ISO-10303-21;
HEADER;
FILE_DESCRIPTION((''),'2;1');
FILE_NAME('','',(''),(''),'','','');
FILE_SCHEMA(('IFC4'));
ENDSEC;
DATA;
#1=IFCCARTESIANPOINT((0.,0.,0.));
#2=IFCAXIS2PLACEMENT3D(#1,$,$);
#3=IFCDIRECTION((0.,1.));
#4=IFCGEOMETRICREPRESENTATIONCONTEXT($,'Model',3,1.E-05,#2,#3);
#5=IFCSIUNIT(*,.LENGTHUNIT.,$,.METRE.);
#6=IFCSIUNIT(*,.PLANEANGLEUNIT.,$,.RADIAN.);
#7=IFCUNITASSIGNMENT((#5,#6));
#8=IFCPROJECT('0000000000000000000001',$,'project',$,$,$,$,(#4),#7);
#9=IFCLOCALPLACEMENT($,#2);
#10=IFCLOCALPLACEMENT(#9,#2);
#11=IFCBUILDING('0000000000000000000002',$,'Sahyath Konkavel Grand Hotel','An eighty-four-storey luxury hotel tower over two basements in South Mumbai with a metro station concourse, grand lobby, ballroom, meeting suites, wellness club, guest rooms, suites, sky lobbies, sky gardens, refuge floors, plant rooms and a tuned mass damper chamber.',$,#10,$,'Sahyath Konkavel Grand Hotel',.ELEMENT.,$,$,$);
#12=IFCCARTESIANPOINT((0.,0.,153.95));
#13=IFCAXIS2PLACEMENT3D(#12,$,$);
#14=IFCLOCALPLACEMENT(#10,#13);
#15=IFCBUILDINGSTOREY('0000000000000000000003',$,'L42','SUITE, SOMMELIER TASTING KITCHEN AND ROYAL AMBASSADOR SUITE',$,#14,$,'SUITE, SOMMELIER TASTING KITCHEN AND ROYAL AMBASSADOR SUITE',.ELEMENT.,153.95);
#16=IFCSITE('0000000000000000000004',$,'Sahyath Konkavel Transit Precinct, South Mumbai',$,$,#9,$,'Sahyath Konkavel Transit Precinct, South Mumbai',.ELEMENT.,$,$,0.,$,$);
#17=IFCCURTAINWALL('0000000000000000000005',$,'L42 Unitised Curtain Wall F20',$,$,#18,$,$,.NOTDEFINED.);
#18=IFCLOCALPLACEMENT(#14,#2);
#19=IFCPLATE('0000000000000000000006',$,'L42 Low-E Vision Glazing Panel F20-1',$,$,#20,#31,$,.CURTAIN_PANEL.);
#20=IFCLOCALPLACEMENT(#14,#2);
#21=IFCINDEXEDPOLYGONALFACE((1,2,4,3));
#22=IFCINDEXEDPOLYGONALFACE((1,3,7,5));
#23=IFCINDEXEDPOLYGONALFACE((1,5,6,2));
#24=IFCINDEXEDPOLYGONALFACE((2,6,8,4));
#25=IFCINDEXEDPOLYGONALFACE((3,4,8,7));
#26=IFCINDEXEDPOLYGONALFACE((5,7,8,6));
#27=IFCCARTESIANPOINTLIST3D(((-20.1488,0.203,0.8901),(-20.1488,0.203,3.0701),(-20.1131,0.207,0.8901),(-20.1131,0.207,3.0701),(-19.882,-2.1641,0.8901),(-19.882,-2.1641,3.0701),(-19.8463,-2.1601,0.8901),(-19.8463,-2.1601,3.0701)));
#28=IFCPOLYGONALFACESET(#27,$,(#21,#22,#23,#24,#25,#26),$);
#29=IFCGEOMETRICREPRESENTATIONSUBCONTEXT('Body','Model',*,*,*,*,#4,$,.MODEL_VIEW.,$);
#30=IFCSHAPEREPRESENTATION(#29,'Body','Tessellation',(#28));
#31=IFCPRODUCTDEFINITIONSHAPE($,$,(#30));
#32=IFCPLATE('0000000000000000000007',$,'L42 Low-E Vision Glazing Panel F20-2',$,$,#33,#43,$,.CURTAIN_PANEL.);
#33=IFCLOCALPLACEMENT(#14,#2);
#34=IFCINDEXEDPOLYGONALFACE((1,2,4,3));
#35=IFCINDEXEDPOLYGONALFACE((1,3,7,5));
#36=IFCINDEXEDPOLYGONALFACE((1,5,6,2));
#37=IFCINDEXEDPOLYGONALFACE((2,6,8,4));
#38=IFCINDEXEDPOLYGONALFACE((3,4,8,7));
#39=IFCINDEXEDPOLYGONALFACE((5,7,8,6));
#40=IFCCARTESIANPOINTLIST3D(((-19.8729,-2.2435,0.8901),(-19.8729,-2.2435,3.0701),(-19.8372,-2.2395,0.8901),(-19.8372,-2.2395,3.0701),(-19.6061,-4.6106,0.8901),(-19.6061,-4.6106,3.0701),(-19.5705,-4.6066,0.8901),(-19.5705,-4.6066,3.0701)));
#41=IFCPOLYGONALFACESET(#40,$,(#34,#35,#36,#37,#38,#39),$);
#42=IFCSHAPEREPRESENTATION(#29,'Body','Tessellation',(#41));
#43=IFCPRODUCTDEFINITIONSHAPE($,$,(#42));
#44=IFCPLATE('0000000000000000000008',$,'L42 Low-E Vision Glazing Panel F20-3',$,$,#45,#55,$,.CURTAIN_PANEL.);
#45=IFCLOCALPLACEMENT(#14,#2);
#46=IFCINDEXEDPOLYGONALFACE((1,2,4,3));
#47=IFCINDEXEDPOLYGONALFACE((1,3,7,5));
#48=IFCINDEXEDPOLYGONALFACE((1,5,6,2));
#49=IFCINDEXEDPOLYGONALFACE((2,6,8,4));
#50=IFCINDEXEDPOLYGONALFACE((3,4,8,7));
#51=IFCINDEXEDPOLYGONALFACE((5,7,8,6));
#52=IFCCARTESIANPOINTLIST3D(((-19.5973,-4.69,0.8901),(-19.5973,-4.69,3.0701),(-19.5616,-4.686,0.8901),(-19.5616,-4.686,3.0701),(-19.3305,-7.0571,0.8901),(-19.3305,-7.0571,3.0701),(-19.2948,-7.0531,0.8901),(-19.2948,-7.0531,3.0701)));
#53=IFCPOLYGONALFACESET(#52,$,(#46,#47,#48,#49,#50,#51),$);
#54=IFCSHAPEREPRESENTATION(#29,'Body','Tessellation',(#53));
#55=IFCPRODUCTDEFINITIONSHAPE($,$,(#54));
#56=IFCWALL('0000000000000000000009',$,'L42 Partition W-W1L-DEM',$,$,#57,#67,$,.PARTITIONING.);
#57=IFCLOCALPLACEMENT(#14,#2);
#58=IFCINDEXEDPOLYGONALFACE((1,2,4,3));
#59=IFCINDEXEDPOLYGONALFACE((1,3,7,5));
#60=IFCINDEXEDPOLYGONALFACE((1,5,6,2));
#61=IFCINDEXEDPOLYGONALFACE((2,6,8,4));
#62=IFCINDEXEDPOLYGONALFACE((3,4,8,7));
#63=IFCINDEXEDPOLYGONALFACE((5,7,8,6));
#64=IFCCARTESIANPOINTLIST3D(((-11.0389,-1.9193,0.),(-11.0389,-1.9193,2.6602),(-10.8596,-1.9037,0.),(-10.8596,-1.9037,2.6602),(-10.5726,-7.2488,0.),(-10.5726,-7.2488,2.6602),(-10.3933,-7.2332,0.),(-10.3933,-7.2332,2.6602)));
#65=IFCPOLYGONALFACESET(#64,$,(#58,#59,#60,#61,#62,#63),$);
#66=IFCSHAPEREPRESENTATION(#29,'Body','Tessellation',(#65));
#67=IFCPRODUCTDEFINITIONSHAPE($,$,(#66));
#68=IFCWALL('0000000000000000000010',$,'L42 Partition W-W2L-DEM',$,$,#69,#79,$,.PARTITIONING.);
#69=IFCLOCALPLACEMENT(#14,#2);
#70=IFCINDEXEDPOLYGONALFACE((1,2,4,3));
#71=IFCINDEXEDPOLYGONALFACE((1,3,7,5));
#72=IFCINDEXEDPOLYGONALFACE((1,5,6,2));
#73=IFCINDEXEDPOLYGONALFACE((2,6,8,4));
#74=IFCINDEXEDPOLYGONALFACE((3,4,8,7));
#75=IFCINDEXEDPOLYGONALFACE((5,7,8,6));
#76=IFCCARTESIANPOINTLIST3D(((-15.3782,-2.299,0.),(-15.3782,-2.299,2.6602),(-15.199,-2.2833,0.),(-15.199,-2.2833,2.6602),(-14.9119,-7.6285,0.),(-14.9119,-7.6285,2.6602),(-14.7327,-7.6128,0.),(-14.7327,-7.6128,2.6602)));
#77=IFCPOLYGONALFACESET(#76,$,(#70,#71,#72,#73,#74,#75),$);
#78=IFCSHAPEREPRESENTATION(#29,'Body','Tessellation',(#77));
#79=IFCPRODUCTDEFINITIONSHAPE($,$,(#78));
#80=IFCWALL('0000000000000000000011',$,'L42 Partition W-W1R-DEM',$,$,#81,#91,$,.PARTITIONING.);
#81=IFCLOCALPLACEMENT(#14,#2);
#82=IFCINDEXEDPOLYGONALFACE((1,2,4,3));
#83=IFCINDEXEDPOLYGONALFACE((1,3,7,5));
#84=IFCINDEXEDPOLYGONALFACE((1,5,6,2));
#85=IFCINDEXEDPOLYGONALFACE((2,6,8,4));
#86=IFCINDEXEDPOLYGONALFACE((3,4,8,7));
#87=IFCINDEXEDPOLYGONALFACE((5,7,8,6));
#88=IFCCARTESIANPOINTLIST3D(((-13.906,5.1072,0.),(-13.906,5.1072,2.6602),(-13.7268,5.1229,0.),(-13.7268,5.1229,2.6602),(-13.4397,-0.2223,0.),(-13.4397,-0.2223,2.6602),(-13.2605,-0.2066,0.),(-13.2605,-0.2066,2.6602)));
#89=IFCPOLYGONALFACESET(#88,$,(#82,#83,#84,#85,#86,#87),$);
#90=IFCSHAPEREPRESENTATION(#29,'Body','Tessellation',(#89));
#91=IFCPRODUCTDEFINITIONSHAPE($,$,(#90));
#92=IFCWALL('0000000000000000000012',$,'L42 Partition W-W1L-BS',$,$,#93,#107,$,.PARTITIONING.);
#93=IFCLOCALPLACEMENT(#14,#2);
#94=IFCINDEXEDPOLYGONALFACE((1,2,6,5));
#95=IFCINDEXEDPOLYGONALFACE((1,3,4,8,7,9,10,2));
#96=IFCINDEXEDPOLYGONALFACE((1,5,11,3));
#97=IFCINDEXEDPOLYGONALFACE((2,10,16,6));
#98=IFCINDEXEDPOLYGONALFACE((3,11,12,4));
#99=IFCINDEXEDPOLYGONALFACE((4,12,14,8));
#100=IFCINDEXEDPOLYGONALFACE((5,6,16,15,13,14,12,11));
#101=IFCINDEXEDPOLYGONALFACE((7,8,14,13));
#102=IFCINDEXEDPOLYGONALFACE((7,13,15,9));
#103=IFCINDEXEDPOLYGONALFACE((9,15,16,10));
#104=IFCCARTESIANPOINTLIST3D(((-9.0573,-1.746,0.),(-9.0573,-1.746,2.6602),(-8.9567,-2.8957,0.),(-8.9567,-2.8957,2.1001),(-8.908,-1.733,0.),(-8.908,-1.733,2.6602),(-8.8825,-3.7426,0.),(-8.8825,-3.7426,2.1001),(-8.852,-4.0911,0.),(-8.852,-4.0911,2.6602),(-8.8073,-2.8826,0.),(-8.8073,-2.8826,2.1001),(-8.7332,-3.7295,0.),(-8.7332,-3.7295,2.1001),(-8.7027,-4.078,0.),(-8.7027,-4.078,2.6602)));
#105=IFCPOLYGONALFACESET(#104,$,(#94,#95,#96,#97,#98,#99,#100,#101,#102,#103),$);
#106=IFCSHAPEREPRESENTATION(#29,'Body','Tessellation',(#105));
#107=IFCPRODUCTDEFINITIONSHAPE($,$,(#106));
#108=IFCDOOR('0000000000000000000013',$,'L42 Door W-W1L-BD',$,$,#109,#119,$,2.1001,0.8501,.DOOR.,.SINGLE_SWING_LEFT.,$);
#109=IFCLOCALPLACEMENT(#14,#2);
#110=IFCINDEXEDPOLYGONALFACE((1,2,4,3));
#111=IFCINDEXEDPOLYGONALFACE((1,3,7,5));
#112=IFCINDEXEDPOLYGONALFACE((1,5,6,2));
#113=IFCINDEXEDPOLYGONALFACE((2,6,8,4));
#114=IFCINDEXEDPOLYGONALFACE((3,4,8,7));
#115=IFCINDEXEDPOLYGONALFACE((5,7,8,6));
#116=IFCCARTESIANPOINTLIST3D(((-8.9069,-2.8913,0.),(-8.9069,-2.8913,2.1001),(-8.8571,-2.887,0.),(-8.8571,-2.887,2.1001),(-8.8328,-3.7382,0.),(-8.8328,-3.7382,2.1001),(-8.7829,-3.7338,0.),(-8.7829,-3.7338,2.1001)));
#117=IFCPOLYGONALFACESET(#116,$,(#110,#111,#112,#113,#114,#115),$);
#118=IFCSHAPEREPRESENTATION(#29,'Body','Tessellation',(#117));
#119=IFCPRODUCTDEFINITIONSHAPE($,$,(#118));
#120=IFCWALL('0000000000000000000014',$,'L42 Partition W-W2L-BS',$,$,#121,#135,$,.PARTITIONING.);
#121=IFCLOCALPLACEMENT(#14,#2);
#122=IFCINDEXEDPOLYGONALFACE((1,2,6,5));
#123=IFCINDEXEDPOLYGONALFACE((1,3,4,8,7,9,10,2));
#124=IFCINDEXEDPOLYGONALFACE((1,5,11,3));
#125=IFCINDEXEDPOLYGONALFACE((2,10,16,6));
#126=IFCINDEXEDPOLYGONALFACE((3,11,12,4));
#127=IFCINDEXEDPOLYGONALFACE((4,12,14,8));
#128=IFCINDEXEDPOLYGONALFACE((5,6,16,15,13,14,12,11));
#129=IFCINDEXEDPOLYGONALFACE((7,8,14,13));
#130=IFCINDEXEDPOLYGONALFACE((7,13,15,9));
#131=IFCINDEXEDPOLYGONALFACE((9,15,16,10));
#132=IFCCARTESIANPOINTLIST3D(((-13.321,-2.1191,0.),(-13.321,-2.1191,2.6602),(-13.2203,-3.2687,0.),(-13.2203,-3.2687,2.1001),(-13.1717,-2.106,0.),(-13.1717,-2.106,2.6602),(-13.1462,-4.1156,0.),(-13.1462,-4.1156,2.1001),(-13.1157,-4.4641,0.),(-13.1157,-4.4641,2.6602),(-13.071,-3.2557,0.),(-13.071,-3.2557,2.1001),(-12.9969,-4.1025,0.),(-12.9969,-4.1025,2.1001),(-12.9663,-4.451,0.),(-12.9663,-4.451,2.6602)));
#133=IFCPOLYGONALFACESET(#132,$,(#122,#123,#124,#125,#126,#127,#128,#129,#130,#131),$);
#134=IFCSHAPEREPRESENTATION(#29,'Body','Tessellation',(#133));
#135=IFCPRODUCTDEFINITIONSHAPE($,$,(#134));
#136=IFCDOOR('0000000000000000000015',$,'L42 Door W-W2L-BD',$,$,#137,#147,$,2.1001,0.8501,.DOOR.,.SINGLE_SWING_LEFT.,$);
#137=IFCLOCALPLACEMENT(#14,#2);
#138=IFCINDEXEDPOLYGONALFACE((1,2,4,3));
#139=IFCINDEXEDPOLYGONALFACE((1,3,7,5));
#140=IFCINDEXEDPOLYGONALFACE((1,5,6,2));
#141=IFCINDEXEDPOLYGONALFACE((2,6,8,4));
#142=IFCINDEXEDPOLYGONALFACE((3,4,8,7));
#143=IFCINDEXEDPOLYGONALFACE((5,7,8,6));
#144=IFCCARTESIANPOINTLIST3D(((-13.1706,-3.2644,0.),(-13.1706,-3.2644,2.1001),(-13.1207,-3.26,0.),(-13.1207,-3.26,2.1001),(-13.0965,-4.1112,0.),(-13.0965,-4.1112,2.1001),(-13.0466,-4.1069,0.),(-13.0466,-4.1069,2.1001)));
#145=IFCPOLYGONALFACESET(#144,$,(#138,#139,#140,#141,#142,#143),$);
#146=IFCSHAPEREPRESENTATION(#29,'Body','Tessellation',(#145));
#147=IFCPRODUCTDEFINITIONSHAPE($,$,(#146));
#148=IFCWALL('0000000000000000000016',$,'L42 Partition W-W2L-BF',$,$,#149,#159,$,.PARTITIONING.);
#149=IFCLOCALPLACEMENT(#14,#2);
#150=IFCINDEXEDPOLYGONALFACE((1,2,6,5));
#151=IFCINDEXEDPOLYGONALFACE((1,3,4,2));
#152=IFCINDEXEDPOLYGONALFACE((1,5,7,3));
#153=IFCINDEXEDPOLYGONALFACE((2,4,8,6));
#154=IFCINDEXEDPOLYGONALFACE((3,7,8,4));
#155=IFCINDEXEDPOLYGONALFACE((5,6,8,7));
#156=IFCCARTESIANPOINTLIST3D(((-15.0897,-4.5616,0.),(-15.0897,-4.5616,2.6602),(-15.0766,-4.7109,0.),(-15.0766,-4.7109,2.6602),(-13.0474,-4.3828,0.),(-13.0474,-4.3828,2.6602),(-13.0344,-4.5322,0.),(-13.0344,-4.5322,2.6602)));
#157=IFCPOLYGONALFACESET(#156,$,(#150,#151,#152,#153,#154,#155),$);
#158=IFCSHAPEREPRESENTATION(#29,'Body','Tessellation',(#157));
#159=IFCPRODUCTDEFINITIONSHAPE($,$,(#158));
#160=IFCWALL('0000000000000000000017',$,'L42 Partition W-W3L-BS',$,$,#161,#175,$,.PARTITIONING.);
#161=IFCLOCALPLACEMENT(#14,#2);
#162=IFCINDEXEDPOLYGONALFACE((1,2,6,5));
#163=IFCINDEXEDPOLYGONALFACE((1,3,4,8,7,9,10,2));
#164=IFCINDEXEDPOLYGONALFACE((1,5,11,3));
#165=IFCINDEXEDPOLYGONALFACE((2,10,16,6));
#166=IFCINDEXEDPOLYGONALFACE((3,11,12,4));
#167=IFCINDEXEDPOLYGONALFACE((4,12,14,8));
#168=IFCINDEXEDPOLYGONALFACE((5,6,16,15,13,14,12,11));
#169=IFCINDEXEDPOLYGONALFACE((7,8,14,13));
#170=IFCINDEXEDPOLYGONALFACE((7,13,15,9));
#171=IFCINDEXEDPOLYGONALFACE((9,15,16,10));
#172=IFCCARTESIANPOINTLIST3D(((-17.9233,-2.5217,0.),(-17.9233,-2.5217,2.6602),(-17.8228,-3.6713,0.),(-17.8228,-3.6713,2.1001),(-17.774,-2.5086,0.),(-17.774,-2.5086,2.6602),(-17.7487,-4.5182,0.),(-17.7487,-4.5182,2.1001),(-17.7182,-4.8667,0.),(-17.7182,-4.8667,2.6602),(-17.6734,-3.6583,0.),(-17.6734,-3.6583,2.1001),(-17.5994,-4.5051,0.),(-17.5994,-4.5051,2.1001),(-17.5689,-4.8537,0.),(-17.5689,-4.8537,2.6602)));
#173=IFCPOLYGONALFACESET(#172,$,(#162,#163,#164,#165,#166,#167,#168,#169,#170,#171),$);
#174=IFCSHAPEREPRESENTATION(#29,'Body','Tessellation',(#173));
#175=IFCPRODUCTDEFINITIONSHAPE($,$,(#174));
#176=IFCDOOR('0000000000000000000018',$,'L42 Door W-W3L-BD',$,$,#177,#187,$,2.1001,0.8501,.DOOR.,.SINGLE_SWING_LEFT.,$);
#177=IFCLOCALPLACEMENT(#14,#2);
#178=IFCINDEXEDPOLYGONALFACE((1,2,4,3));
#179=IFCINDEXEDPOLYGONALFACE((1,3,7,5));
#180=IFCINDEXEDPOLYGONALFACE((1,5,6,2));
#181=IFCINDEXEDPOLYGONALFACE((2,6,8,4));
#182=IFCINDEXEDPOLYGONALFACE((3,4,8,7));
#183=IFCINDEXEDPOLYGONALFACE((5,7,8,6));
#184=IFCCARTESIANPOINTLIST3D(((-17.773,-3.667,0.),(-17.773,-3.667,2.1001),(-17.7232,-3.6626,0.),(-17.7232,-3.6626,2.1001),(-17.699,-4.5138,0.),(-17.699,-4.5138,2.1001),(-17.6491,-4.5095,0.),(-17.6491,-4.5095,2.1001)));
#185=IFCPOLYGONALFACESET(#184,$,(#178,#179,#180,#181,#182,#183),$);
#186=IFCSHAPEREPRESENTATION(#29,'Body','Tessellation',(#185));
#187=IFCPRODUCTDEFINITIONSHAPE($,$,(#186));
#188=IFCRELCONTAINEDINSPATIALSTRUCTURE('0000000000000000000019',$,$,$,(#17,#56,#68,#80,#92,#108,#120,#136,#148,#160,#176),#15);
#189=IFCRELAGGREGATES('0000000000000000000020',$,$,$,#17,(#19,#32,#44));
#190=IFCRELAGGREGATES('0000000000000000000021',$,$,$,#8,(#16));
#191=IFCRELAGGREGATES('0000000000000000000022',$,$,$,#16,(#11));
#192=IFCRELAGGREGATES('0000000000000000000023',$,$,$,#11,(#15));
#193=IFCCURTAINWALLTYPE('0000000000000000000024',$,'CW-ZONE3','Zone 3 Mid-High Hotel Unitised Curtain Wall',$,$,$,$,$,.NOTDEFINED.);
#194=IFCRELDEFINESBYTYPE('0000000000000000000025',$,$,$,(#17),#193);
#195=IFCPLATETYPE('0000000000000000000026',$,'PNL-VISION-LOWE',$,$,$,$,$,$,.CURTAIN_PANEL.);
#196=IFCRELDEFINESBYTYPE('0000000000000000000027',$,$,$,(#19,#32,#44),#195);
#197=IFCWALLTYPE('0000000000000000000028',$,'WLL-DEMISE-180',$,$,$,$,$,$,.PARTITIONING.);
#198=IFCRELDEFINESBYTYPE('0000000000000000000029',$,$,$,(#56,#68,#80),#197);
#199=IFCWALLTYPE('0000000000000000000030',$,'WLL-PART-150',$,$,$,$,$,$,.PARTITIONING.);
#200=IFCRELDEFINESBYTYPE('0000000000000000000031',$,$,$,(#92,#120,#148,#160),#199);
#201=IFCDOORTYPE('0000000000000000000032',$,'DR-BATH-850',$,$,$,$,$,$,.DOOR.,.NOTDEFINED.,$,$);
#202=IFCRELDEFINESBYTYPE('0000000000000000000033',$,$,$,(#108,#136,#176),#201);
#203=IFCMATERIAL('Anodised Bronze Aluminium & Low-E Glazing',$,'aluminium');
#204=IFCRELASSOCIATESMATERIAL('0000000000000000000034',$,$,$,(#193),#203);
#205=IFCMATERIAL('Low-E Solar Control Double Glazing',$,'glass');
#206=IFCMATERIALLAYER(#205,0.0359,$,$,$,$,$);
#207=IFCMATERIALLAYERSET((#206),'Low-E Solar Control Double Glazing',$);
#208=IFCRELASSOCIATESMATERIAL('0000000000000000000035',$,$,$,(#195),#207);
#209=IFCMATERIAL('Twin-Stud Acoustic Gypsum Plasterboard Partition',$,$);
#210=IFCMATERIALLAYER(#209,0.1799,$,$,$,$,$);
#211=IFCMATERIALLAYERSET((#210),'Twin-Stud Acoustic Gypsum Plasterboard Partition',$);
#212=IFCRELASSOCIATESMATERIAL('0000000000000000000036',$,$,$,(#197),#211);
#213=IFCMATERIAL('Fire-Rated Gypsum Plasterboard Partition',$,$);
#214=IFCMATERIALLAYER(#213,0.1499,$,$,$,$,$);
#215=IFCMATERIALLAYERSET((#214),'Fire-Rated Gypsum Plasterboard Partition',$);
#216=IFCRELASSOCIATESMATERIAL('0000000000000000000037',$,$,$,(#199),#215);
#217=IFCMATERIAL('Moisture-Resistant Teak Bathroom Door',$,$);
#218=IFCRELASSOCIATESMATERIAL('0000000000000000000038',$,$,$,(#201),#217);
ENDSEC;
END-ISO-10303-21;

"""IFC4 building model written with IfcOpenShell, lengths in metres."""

from ifc_helpers import new_model, si_unit, direction, frame, frame_2d, origin, origin_2d, place, context, subcontext, project, spatial, rectangle, extrude, source, transform, mapped, material, layer, layer_set, type_object, element, fill, aggregate, save


model = new_model("IFC4")

# Units and contexts
model_context = context("Model", 3, precision=1e-05, world=origin(), true_north=direction((0.0, 1.0)))
body_context = subcontext(model_context, "Body", "Model", "MODEL_VIEW")
ifc_project = project(units=[si_unit("LENGTHUNIT", "METRE"), si_unit("PLANEANGLEUNIT", "RADIAN")], contexts=[model_context])

# Site, building, storey
site_placement = place(None, origin())
site = spatial("IfcSite", under=ifc_project, at=site_placement, Name="Sahyath Konkavel Transit Precinct, South Mumbai", LongName="Sahyath Konkavel Transit Precinct, South Mumbai", CompositionType="ELEMENT", RefElevation=0.0)
building_placement = place(site_placement, origin())
building = spatial("IfcBuilding", under=site, at=building_placement, Name="Sahyath Konkavel Grand Hotel", Description="An eighty-four-storey luxury hotel tower over two basements in South Mumbai with a metro station concourse, grand lobby, ballroom, meeting suites, wellness club, guest rooms, suites, sky lobbies, sky gardens, refuge floors, plant rooms and a tuned mass damper chamber.", LongName="Sahyath Konkavel Grand Hotel", CompositionType="ELEMENT")
storey_placement = place(building_placement, frame((0.0, 0.0, 153.95)))
storey = spatial("IfcBuildingStorey", under=building, at=storey_placement, Name="L42", Description="SUITE, SOMMELIER TASTING KITCHEN AND ROYAL AMBASSADOR SUITE", LongName="SUITE, SOMMELIER TASTING KITCHEN AND ROYAL AMBASSADOR SUITE", CompositionType="ELEMENT", Elevation=153.95)

# Curtain wall
ifc_material_1 = material(Name="Anodised Bronze Aluminium & Low-E Glazing", Category="aluminium")
curtain_wall_type = type_object("IfcCurtainWallType", Name="CW-ZONE3", Description="Zone 3 Mid-High Hotel Unitised Curtain Wall", PredefinedType="NOTDEFINED", material=ifc_material_1)
curtain_wall_placement = place(storey_placement, origin())
curtain_wall = element("IfcCurtainWall", 1, at=curtain_wall_placement, inside=storey, type_object=curtain_wall_type, Name="L42 Unitised Curtain Wall F20", PredefinedType="NOTDEFINED")

# Plates
ifc_material_2 = material(Name="Low-E Solar Control Double Glazing", Category="glass")
ifc_layer_1 = layer(ifc_material_2, 0.0359)
ifc_layer_set_1 = layer_set([ifc_layer_1], Name="Low-E Solar Control Double Glazing")
plate_type_1 = type_object("IfcPlateType", Name="PNL-VISION-LOWE", PredefinedType="CURTAIN_PANEL", material=ifc_layer_set_1)
shared_shape_1 = source(origin(), body_context, "Body", "SweptSolid", [
    extrude(rectangle(XDim=2.3821, YDim=0.0359, at=origin_2d()), origin(), (0.0, 0.0, 1.0), 2.1799),
])
plate_1_placement = place(storey_placement, frame((-19.9976, -0.9785, 0.8901), z_axis=(0.0, 0.0, 1.0), x_axis=(0.111989, -0.993709, 0.0)))
plate_1 = element("IfcPlate", 2, at=plate_1_placement, type_object=plate_type_1, Name="L42 Low-E Vision Glazing Panel F20-1", PredefinedType="CURTAIN_PANEL", context=body_context, shape_type="MappedRepresentation", body=[
    mapped(shared_shape_1, transform((0.0, 0.0, 0.0), scale=1.0)),
])
plate_2_placement = place(storey_placement, frame((-19.7217, -3.425, 0.8901), z_axis=(0.0, 0.0, 1.0), x_axis=(0.111989, -0.993709, 0.0)))
plate_2 = element("IfcPlate", 3, at=plate_2_placement, type_object=plate_type_1, Name="L42 Low-E Vision Glazing Panel F20-2", PredefinedType="CURTAIN_PANEL", context=body_context, shape_type="MappedRepresentation", body=[
    mapped(shared_shape_1, transform((0.0, 0.0, 0.0), scale=1.0)),
])
plate_3_placement = place(storey_placement, frame((-19.446, -5.8716, 0.8901), z_axis=(0.0, 0.0, 1.0), x_axis=(0.111989, -0.993709, 0.0)))
plate_3 = element("IfcPlate", 4, at=plate_3_placement, type_object=plate_type_1, Name="L42 Low-E Vision Glazing Panel F20-3", PredefinedType="CURTAIN_PANEL", context=body_context, shape_type="MappedRepresentation", body=[
    mapped(shared_shape_1, transform((0.0, 0.0, 0.0), scale=1.0)),
])
aggregate(curtain_wall, [plate_1, plate_2, plate_3])

# Walls
ifc_material_3 = material(Name="Twin-Stud Acoustic Gypsum Plasterboard Partition")
ifc_layer_2 = layer(ifc_material_3, 0.1799)
ifc_layer_set_2 = layer_set([ifc_layer_2], Name="Twin-Stud Acoustic Gypsum Plasterboard Partition")
wall_type_1 = type_object("IfcWallType", Name="WLL-DEMISE-180", PredefinedType="PARTITIONING", material=ifc_layer_set_2)
for number, where, z_axis, x_axis, name in (
    (5, (-10.9492, -1.9116, 0.0), (0.0, 0.0, 1.0), (0.087161, -0.996194, 0.0), "L42 Partition W-W1L-DEM"),
    (6, (-15.2886, -2.2913, 0.0), (0.0, 0.0, 1.0), (0.087161, -0.996194, 0.0), "L42 Partition W-W2L-DEM"),
    (7, (-13.3501, -0.2144, 0.0), (0.0, 0.0, 1.0), (-0.087161, 0.996194, 0.0), "L42 Partition W-W1R-DEM"),
):
    element("IfcWall", number, at=place(storey_placement, frame(where, z_axis=z_axis, x_axis=x_axis)), inside=storey, type_object=wall_type_1, Name=name, PredefinedType="PARTITIONING", context=body_context, shape_type="SweptSolid", body=[
        extrude(rectangle(XDim=5.3499, YDim=0.1799, at=frame_2d((2.6748, 0.0))), origin(), (0.0, 0.0, 1.0), 2.6602),
    ])

# Walls, openings, doors
ifc_material_4 = material(Name="Fire-Rated Gypsum Plasterboard Partition")
ifc_layer_3 = layer(ifc_material_4, 0.1499)
ifc_layer_set_3 = layer_set([ifc_layer_3], Name="Fire-Rated Gypsum Plasterboard Partition")
wall_type_2 = type_object("IfcWallType", Name="WLL-PART-150", PredefinedType="PARTITIONING", material=ifc_layer_set_3)
wall_1_placement = place(storey_placement, frame((-8.9827, -1.7395, 0.0), z_axis=(0.0, 0.0, 1.0), x_axis=(0.087225, -0.996189, 0.0)))
wall_1 = element("IfcWall", 8, at=wall_1_placement, inside=storey, type_object=wall_type_2, Name="L42 Partition W-W1L-BS", PredefinedType="PARTITIONING", context=body_context, shape_type="SweptSolid", body=[
    extrude(rectangle(XDim=2.354, YDim=0.1499, at=frame_2d((1.177, 0.0))), origin(), (0.0, 0.0, 1.0), 2.6602),
])
opening_1_placement = place(wall_1_placement, frame((1.1541, 0.0, 0.0)))
opening_1 = element("IfcOpeningElement", 9, at=opening_1_placement, cuts=wall_1, PredefinedType="OPENING", context=body_context, shape_type="SweptSolid", body=[
    extrude(rectangle(XDim=0.8501, YDim=2.1001, at=frame_2d((0.425, 1.05))), frame((0.0, 0.085, 0.0), z_axis=(0.0, -1.0, 0.0), x_axis=(1.0, 0.0, 0.0)), (0.0, 0.0, 1.0), 0.1699),
])
ifc_material_5 = material(Name="Moisture-Resistant Teak Bathroom Door")
door_type = type_object("IfcDoorType", Name="DR-BATH-850", OperationType="NOTDEFINED", PredefinedType="DOOR", material=ifc_material_5)
shared_shape_2 = source(origin(), body_context, "Body", "SweptSolid", [
    extrude(rectangle(XDim=0.8501, YDim=0.05, at=origin_2d()), origin(), (0.0, 0.0, 1.0), 2.1001),
])
door_1_placement = place(opening_1_placement, frame((0.425, 0.0, 0.0)))
door_1 = element("IfcDoor", 10, at=door_1_placement, inside=storey, type_object=door_type, Name="L42 Door W-W1L-BD", OperationType="SINGLE_SWING_LEFT", OverallHeight=2.1001, OverallWidth=0.8501, PredefinedType="DOOR", context=body_context, shape_type="MappedRepresentation", body=[
    mapped(shared_shape_2, transform((0.0, 0.0, 0.0), scale=1.0)),
])
fill(opening_1, door_1)
wall_2_placement = place(storey_placement, frame((-13.2463, -2.1125, 0.0), z_axis=(0.0, 0.0, 1.0), x_axis=(0.087225, -0.996189, 0.0)))
wall_2 = element("IfcWall", 11, at=wall_2_placement, inside=storey, type_object=wall_type_2, Name="L42 Partition W-W2L-BS", PredefinedType="PARTITIONING", context=body_context, shape_type="SweptSolid", body=[
    extrude(rectangle(XDim=2.354, YDim=0.1499, at=frame_2d((1.177, 0.0))), origin(), (0.0, 0.0, 1.0), 2.6602),
])
opening_2_placement = place(wall_2_placement, frame((1.1541, 0.0, 0.0)))
opening_2 = element("IfcOpeningElement", 12, at=opening_2_placement, cuts=wall_2, PredefinedType="OPENING", context=body_context, shape_type="SweptSolid", body=[
    extrude(rectangle(XDim=0.8501, YDim=2.1001, at=frame_2d((0.425, 1.05))), frame((0.0, 0.085, 0.0), z_axis=(0.0, -1.0, 0.0), x_axis=(1.0, 0.0, 0.0)), (0.0, 0.0, 1.0), 0.1699),
])
door_2_placement = place(opening_2_placement, frame((0.425, 0.0, 0.0)))
door_2 = element("IfcDoor", 13, at=door_2_placement, inside=storey, type_object=door_type, Name="L42 Door W-W2L-BD", OperationType="SINGLE_SWING_LEFT", OverallHeight=2.1001, OverallWidth=0.8501, PredefinedType="DOOR", context=body_context, shape_type="MappedRepresentation", body=[
    mapped(shared_shape_2, transform((0.0, 0.0, 0.0), scale=1.0)),
])
fill(opening_2, door_2)

# Wall
wall_3_placement = place(storey_placement, frame((-13.041, -4.4575, 0.0), z_axis=(0.0, 0.0, 1.0), x_axis=(-0.996193, -0.087174, 0.0)))
element("IfcWall", 14, at=wall_3_placement, inside=storey, type_object=wall_type_2, Name="L42 Partition W-W2L-BF", PredefinedType="PARTITIONING", context=body_context, shape_type="SweptSolid", body=[
    extrude(rectangle(XDim=2.05, YDim=0.1499, at=frame_2d((1.0249, 0.0))), origin(), (0.0, 0.0, 1.0), 2.6602),
])

# Wall, opening, door
wall_4_placement = place(storey_placement, frame((-17.8486, -2.5151, 0.0), z_axis=(0.0, 0.0, 1.0), x_axis=(0.087122, -0.996198, 0.0)))
wall_4 = element("IfcWall", 15, at=wall_4_placement, inside=storey, type_object=wall_type_2, Name="L42 Partition W-W3L-BS", PredefinedType="PARTITIONING", context=body_context, shape_type="SweptSolid", body=[
    extrude(rectangle(XDim=2.354, YDim=0.1499, at=frame_2d((1.177, 0.0))), origin(), (0.0, 0.0, 1.0), 2.6602),
])
opening_3_placement = place(wall_4_placement, frame((1.1541, 0.0, 0.0)))
opening_3 = element("IfcOpeningElement", 16, at=opening_3_placement, cuts=wall_4, PredefinedType="OPENING", context=body_context, shape_type="SweptSolid", body=[
    extrude(rectangle(XDim=0.8501, YDim=2.1001, at=frame_2d((0.425, 1.05))), frame((0.0, 0.085, 0.0), z_axis=(0.0, -1.0, 0.0), x_axis=(1.0, 0.0, 0.0)), (0.0, 0.0, 1.0), 0.1699),
])
door_3_placement = place(opening_3_placement, frame((0.425, 0.0, 0.0)))
door_3 = element("IfcDoor", 17, at=door_3_placement, inside=storey, type_object=door_type, Name="L42 Door W-W3L-BD", OperationType="SINGLE_SWING_LEFT", OverallHeight=2.1001, OverallWidth=0.8501, PredefinedType="DOOR", context=body_context, shape_type="MappedRepresentation", body=[
    mapped(shared_shape_2, transform((0.0, 0.0, 0.0), scale=1.0)),
])
fill(opening_3, door_3)

save(model, "model.ifc")
